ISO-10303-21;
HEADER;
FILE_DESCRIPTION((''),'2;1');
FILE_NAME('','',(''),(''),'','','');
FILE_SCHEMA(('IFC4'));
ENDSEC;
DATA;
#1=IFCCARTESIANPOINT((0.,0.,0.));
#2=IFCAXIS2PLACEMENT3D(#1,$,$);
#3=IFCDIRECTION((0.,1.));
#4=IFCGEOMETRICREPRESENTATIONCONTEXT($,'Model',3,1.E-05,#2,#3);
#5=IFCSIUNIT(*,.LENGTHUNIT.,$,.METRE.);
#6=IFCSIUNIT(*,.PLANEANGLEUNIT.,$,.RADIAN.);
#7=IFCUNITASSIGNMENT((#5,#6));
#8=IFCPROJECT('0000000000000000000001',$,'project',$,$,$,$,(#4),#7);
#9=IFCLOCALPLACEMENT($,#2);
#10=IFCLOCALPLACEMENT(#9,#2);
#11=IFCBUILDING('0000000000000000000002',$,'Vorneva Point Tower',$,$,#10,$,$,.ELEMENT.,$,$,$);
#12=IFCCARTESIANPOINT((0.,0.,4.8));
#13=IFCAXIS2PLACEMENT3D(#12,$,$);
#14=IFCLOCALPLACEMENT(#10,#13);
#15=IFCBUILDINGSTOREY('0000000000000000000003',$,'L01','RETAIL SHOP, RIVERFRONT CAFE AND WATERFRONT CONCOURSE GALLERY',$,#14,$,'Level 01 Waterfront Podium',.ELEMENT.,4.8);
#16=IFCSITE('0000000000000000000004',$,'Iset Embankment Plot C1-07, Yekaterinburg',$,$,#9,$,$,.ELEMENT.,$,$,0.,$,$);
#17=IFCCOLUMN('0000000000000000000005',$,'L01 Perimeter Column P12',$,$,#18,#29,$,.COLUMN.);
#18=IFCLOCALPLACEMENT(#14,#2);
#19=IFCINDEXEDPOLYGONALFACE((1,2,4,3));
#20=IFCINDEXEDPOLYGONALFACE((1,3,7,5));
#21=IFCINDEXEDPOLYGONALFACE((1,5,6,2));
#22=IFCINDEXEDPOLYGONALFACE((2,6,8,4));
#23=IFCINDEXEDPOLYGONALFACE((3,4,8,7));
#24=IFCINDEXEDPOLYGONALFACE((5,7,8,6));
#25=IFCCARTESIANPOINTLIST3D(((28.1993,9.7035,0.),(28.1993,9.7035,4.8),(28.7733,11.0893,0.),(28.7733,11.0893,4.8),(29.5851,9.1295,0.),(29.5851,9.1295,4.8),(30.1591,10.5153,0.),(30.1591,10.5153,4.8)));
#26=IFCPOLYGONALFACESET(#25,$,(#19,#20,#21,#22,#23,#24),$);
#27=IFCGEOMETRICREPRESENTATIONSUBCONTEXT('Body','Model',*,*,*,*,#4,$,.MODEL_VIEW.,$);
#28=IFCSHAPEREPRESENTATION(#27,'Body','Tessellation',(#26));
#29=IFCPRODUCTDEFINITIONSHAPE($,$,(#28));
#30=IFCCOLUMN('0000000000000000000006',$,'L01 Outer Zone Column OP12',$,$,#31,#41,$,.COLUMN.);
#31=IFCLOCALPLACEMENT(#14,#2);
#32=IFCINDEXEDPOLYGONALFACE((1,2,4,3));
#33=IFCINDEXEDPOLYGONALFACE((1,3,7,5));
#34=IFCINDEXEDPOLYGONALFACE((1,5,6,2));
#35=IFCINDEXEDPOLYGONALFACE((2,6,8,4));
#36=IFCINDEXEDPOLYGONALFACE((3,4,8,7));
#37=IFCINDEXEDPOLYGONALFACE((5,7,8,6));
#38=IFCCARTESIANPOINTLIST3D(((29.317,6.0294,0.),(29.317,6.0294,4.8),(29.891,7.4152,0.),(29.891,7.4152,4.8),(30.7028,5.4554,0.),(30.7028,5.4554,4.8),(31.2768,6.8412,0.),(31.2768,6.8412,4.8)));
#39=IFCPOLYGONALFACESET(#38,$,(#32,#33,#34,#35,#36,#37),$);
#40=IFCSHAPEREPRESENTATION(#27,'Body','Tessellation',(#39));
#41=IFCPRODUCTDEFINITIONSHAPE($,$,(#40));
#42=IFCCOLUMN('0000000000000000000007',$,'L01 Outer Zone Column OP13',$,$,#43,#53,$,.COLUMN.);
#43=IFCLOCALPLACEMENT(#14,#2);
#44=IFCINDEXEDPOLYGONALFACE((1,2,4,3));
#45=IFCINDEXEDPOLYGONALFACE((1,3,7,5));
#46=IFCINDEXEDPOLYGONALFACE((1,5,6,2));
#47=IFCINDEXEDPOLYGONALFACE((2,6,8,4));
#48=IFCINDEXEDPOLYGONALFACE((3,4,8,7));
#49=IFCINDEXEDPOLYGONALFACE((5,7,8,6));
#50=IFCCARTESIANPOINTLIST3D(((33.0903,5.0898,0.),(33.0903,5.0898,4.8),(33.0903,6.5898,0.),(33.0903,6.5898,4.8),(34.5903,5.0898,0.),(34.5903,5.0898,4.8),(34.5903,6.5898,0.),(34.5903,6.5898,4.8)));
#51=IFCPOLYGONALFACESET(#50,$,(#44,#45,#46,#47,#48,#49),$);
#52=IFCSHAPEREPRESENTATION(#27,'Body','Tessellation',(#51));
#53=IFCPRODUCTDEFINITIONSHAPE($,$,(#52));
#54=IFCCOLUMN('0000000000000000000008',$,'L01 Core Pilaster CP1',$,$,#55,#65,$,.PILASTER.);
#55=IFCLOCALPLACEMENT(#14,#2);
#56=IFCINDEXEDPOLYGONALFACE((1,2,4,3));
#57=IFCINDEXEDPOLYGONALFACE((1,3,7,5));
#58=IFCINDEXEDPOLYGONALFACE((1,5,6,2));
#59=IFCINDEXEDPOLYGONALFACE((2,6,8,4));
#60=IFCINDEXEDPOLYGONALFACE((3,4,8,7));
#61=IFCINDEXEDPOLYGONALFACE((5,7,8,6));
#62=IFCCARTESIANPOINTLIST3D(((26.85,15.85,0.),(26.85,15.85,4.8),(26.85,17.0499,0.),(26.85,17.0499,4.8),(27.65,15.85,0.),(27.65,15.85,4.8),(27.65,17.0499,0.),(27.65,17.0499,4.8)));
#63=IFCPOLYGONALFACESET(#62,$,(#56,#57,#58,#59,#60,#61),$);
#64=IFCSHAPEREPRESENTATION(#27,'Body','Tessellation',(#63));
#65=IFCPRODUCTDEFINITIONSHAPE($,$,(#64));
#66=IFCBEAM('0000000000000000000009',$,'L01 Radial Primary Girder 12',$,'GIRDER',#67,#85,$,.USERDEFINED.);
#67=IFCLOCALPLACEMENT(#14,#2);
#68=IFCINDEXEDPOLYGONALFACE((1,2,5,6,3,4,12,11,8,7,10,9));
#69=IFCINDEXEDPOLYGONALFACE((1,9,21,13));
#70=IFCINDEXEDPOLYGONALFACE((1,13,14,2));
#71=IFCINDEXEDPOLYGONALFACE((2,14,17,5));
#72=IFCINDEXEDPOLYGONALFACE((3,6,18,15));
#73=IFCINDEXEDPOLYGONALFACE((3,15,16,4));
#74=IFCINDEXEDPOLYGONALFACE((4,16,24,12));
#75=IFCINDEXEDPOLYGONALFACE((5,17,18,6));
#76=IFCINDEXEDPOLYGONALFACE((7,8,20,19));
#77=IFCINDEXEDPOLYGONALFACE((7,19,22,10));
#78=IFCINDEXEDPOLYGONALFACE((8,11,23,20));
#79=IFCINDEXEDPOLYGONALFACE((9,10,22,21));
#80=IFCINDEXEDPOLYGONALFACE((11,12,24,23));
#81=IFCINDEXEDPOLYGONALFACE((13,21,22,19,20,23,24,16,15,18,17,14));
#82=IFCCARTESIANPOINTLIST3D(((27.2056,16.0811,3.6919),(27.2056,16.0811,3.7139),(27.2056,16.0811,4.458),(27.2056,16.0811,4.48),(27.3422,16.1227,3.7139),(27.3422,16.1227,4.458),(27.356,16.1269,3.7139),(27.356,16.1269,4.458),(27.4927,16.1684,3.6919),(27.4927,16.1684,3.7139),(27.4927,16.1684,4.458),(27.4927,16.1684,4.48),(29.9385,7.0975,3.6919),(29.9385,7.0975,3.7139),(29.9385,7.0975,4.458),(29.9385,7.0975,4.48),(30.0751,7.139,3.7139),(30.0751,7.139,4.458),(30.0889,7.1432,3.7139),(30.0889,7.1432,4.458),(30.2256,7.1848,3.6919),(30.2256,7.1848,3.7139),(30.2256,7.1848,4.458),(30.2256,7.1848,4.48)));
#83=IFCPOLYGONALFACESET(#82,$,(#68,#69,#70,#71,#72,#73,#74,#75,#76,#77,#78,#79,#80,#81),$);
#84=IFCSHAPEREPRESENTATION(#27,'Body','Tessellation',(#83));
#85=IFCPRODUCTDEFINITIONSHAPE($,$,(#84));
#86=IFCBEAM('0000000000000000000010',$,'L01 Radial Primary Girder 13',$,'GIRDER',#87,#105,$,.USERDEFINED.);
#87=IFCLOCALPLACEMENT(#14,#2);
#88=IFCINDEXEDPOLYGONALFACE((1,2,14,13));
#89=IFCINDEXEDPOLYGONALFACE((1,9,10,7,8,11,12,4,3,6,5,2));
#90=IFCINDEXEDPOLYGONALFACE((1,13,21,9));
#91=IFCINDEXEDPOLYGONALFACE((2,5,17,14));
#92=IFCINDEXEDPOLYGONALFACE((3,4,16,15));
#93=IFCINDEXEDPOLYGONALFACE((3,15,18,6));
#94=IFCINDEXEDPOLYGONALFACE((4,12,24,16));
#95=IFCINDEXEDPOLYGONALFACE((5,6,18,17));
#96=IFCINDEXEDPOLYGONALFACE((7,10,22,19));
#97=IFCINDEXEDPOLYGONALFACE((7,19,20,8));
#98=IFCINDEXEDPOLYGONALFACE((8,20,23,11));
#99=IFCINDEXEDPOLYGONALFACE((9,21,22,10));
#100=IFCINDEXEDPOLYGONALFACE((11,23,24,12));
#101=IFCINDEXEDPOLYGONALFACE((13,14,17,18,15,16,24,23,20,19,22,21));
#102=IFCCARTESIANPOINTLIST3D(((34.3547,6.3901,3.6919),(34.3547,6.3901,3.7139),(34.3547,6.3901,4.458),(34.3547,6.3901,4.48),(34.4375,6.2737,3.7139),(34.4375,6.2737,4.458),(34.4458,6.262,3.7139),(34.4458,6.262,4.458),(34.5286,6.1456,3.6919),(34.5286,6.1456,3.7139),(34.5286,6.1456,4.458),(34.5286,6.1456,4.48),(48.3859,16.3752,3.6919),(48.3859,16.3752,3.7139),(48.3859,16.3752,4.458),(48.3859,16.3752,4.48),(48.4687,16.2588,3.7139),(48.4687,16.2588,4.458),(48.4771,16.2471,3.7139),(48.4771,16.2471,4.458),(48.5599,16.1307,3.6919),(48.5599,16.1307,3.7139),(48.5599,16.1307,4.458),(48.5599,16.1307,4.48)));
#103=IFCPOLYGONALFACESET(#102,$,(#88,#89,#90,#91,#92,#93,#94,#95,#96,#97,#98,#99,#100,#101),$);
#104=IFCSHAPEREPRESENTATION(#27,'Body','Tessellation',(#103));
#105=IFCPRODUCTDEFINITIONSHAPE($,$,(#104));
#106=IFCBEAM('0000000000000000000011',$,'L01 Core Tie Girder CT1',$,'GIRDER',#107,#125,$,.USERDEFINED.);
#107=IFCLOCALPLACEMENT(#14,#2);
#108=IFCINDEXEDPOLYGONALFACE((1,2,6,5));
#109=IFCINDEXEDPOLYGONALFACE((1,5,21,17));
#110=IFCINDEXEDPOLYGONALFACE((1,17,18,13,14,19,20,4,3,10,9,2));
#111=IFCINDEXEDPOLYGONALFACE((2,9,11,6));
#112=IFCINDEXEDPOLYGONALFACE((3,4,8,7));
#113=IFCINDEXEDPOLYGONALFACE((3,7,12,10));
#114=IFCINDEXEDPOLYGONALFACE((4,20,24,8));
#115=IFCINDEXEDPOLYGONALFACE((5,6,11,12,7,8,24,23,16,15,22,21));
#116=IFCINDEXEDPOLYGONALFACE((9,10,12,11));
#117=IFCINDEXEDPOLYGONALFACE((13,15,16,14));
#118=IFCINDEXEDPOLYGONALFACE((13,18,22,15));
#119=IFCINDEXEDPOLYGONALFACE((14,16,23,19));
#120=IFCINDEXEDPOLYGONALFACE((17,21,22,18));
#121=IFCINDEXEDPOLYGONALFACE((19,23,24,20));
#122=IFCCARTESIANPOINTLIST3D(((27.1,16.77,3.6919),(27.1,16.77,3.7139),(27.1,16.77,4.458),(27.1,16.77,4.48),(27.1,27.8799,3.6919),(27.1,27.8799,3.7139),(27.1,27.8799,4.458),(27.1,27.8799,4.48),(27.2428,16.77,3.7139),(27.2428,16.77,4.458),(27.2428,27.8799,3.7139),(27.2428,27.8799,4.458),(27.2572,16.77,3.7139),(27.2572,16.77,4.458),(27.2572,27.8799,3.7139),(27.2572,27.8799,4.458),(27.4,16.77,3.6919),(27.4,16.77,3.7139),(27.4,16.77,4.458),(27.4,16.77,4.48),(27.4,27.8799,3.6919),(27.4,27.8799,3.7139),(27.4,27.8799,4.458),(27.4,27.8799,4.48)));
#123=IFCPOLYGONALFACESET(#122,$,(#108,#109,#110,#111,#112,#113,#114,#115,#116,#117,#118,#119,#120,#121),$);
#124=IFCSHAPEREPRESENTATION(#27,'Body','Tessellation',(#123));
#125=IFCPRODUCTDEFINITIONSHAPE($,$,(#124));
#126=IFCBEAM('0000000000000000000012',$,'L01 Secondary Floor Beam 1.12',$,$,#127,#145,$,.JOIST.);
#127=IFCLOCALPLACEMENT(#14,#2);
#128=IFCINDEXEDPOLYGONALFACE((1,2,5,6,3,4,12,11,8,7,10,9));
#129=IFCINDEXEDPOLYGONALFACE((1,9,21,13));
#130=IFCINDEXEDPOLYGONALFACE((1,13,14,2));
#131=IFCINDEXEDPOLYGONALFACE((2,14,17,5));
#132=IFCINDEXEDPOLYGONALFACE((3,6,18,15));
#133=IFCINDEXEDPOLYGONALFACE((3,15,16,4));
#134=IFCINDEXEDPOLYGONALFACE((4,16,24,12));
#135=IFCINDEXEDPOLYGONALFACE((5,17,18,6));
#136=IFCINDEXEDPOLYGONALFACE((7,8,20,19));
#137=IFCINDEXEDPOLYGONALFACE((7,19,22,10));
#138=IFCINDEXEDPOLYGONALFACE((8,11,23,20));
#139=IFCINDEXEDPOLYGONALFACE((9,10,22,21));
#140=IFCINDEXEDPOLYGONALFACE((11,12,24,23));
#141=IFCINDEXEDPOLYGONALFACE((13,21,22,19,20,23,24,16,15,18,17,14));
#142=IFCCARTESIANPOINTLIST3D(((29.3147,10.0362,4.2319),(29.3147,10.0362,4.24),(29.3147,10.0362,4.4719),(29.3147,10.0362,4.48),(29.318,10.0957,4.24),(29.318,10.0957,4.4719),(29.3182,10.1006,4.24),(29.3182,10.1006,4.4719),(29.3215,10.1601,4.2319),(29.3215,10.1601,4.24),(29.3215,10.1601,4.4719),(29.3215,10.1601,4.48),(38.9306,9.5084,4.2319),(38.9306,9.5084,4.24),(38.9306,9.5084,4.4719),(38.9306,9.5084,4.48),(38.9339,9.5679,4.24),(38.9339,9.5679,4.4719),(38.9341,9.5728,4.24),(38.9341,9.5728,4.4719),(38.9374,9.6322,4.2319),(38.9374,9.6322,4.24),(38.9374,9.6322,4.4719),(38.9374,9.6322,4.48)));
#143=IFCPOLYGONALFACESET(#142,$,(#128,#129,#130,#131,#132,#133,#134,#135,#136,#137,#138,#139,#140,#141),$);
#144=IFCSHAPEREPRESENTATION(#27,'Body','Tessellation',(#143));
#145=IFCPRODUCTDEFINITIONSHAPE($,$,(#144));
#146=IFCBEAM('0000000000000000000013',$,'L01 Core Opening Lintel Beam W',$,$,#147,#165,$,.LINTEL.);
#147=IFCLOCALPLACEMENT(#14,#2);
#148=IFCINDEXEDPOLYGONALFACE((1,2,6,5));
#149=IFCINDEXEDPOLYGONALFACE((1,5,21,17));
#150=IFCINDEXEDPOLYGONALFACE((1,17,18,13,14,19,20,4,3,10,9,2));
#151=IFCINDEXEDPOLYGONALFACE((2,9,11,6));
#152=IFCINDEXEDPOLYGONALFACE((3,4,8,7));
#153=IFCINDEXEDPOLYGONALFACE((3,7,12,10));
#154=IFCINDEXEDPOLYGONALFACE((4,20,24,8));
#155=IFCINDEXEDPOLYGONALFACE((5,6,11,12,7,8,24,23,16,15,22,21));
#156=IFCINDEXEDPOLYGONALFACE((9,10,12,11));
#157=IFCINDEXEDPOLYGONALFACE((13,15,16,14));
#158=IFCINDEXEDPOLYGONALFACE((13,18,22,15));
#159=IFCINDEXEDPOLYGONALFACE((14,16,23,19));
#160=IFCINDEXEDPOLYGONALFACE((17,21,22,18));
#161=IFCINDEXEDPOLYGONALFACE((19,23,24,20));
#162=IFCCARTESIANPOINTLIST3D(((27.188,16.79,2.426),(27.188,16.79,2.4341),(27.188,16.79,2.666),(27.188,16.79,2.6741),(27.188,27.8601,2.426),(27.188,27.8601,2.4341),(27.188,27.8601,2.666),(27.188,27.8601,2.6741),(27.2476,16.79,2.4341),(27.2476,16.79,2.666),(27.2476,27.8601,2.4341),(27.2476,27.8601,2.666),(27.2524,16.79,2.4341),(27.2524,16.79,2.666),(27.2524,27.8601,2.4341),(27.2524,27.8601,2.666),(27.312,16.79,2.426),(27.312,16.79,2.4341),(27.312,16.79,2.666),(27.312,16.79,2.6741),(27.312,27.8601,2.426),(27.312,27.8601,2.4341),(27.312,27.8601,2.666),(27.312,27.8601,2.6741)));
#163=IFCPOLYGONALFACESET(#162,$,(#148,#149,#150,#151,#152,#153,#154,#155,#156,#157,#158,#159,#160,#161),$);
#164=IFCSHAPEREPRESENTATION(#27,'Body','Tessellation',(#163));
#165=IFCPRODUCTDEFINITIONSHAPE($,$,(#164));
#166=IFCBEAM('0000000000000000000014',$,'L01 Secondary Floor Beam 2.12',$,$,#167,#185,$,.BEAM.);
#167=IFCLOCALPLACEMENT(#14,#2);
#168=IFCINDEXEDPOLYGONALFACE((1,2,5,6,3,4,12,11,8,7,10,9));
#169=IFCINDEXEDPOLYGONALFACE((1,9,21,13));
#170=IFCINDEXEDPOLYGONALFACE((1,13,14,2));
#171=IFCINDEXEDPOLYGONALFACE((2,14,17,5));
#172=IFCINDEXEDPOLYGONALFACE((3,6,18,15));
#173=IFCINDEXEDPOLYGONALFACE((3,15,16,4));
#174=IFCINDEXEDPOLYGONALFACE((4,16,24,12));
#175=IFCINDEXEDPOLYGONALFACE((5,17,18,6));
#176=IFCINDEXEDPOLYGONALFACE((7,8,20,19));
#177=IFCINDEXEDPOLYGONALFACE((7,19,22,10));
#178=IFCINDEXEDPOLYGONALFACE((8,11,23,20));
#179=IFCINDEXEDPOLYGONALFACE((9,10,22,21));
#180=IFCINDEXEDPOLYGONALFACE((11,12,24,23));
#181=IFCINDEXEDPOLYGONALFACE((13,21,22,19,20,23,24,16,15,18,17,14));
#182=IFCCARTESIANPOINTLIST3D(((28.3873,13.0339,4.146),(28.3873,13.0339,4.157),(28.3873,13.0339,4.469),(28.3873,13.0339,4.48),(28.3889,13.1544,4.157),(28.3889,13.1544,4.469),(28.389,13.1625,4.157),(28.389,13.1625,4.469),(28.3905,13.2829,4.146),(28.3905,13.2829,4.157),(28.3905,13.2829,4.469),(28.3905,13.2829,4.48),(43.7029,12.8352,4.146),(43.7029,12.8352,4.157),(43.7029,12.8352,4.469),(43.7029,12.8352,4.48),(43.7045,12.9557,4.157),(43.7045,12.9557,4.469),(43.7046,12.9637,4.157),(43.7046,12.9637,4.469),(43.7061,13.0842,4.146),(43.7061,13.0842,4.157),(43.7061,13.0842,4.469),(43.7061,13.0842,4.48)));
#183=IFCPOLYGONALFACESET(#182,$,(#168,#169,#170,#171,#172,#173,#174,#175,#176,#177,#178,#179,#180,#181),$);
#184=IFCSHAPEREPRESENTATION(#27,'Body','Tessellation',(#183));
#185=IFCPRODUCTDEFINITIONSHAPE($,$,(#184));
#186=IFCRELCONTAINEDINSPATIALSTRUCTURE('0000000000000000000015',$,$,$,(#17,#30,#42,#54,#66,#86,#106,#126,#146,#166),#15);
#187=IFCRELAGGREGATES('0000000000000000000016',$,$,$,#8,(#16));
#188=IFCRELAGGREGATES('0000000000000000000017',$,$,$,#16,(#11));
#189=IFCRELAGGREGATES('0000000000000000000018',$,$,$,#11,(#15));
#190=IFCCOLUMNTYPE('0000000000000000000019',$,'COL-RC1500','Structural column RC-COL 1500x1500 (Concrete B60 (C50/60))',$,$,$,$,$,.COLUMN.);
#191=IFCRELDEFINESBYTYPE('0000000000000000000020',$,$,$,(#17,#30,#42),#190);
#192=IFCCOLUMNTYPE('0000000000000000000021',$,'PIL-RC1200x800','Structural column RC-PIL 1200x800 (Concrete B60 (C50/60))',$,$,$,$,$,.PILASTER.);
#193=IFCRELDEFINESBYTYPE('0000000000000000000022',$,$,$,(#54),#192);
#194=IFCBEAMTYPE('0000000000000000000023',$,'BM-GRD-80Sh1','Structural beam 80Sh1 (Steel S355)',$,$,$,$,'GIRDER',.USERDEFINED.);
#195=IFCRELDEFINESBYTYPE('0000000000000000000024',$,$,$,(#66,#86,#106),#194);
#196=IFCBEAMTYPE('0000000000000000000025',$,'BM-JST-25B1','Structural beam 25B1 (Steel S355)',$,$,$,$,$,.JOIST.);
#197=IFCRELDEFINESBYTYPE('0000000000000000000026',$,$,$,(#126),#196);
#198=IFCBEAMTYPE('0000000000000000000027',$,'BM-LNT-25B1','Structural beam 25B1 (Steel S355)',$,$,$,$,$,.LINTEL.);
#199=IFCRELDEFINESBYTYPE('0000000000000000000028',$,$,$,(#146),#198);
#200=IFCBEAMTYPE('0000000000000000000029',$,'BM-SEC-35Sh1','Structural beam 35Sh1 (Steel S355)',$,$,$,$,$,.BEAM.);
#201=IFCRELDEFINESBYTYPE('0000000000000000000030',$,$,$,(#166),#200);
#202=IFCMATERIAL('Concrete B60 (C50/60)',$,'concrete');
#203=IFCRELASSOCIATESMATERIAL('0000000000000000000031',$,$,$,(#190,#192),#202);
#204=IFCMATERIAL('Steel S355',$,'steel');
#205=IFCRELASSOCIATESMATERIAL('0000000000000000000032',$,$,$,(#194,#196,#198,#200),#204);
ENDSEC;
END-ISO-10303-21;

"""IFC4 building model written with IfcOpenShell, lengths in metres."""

from ifc_helpers import new_model, si_unit, direction, frame, origin, origin_2d, place, context, subcontext, project, spatial, rectangle, i_section, extrude, material, material_profile, profile_set, type_object, element, save


model = new_model("IFC4")

# Units and contexts
model_context = context("Model", 3, precision=1e-05, world=origin(), true_north=direction((0.0, 1.0)))
body_context = subcontext(model_context, "Body", "Model", "MODEL_VIEW")
ifc_project = project(units=[si_unit("LENGTHUNIT", "METRE"), si_unit("PLANEANGLEUNIT", "RADIAN")], contexts=[model_context])

# Site, building, storey
site_placement = place(None, origin())
site = spatial("IfcSite", under=ifc_project, at=site_placement, Name="Iset Embankment Plot C1-07, Yekaterinburg", CompositionType="ELEMENT", RefElevation=0.0)
building_placement = place(site_placement, origin())
building = spatial("IfcBuilding", under=site, at=building_placement, Name="Vorneva Point Tower", CompositionType="ELEMENT")
storey_placement = place(building_placement, frame((0.0, 0.0, 4.8)))
storey = spatial("IfcBuildingStorey", under=building, at=storey_placement, Name="L01", Description="RETAIL SHOP, RIVERFRONT CAFE AND WATERFRONT CONCOURSE GALLERY", LongName="Level 01 Waterfront Podium", CompositionType="ELEMENT", Elevation=4.8)

# Columns
ifc_material_1 = material(Name="Concrete B60 (C50/60)", Category="concrete")
ifc_material_profile_1 = material_profile(ifc_material_1, rectangle(XDim=1.5, YDim=1.5, at=origin_2d()), Name="RC-COL 1500x1500")
ifc_profile_set_1 = profile_set([ifc_material_profile_1], Name="Concrete B60 (C50/60)")
column_type_1 = type_object("IfcColumnType", Name="COL-RC1500", Description="Structural column RC-COL 1500x1500 (Concrete B60 (C50/60))", PredefinedType="COLUMN", material=ifc_profile_set_1)
for number, where, z_axis, x_axis, name in (
    (1, (29.1792, 10.1094, 0.0), (0.0, 0.0, 1.0), (-0.382683, -0.92388, 0.0), "L01 Perimeter Column P12"),
    (2, (30.2969, 6.4353, 0.0), (0.0, 0.0, 1.0), (-0.382683, -0.92388, 0.0), "L01 Outer Zone Column OP12"),
    (3, (33.8403, 5.8398, 0.0), (0.0, 0.0, 1.0), (0.0, -1.0, 0.0), "L01 Outer Zone Column OP13"),
):
    element("IfcColumn", number, at=place(storey_placement, frame(where, z_axis=z_axis, x_axis=x_axis)), inside=storey, type_object=column_type_1, Name=name, PredefinedType="COLUMN", context=body_context, shape_type="SweptSolid", body=[
        extrude(rectangle(XDim=1.5, YDim=1.5, at=origin_2d()), origin(), (0.0, 0.0, 1.0), 4.8),
    ])
ifc_material_profile_2 = material_profile(ifc_material_1, rectangle(XDim=0.8, YDim=1.2, at=origin_2d()), Name="RC-PIL 1200x800")
ifc_profile_set_2 = profile_set([ifc_material_profile_2], Name="Concrete B60 (C50/60)")
column_type_2 = type_object("IfcColumnType", Name="PIL-RC1200x800", Description="Structural column RC-PIL 1200x800 (Concrete B60 (C50/60))", PredefinedType="PILASTER", material=ifc_profile_set_2)
column_placement = place(storey_placement, frame((27.25, 16.45, 0.0), z_axis=(0.0, 0.0, 1.0), x_axis=(1.0, 0.0, 0.0)))
element("IfcColumn", 4, at=column_placement, inside=storey, type_object=column_type_2, Name="L01 Core Pilaster CP1", PredefinedType="PILASTER", context=body_context, shape_type="SweptSolid", body=[
    extrude(rectangle(XDim=0.8, YDim=1.2, at=origin_2d()), origin(), (0.0, 0.0, 1.0), 4.8),
])

# Beams
ifc_material_2 = material(Name="Steel S355", Category="steel")
ifc_material_profile_3 = material_profile(ifc_material_2, i_section(OverallWidth=0.3, OverallDepth=0.7881, WebThickness=0.0144, FlangeThickness=0.022, at=origin_2d()), Name="80Sh1")
ifc_profile_set_3 = profile_set([ifc_material_profile_3], Name="Steel S355")
beam_type_1 = type_object("IfcBeamType", Name="BM-GRD-80Sh1", Description="Structural beam 80Sh1 (Steel S355)", ElementType="GIRDER", PredefinedType="USERDEFINED", material=ifc_profile_set_3)
beam_1_placement = place(storey_placement, frame((30.082, 7.1411, 4.0859), z_axis=(-0.291041, 0.956711, 0.0), x_axis=(-0.956711, -0.291041, 0.0)))
element("IfcBeam", 5, at=beam_1_placement, inside=storey, type_object=beam_type_1, Name="L01 Radial Primary Girder 12", ObjectType="GIRDER", PredefinedType="USERDEFINED", context=body_context, shape_type="SweptSolid", body=[
    extrude(i_section(OverallWidth=0.3, OverallDepth=0.7881, WebThickness=0.0144, FlangeThickness=0.022, at=origin_2d()), origin(), (0.0, 0.0, 1.0), 9.3901),
])
beam_2_placement = place(storey_placement, frame((34.4417, 6.2678, 4.0859), z_axis=(0.814754, 0.579806, 0.0), x_axis=(-0.579806, 0.814754, 0.0)))
element("IfcBeam", 6, at=beam_2_placement, inside=storey, type_object=beam_type_1, Name="L01 Radial Primary Girder 13", ObjectType="GIRDER", PredefinedType="USERDEFINED", context=body_context, shape_type="SweptSolid", body=[
    extrude(i_section(OverallWidth=0.3, OverallDepth=0.7881, WebThickness=0.0144, FlangeThickness=0.022, at=origin_2d()), origin(), (0.0, 0.0, 1.0), 17.2214),
])
beam_3_placement = place(storey_placement, frame((27.25, 16.77, 4.0859), z_axis=(0.0, 1.0, 0.0), x_axis=(-1.0, 0.0, 0.0)))
element("IfcBeam", 7, at=beam_3_placement, inside=storey, type_object=beam_type_1, Name="L01 Core Tie Girder CT1", ObjectType="GIRDER", PredefinedType="USERDEFINED", context=body_context, shape_type="SweptSolid", body=[
    extrude(i_section(OverallWidth=0.3, OverallDepth=0.7881, WebThickness=0.0144, FlangeThickness=0.022, at=origin_2d()), origin(), (0.0, 0.0, 1.0), 11.1099),
])
ifc_material_profile_4 = material_profile(ifc_material_2, i_section(OverallWidth=0.124, OverallDepth=0.248, WebThickness=0.0049, FlangeThickness=0.0081, at=origin_2d()), Name="25B1")
ifc_profile_set_4 = profile_set([ifc_material_profile_4], Name="Steel S355")
beam_type_2 = type_object("IfcBeamType", Name="BM-JST-25B1", Description="Structural beam 25B1 (Steel S355)", PredefinedType="JOIST", material=ifc_profile_set_4)
beam_4_placement = place(storey_placement, frame((29.3181, 10.0981, 4.356), z_axis=(0.998497, -0.054809, 0.0), x_axis=(0.054809, 0.998497, 0.0)))
element("IfcBeam", 8, at=beam_4_placement, inside=storey, type_object=beam_type_2, Name="L01 Secondary Floor Beam 1.12", PredefinedType="JOIST", context=body_context, shape_type="SweptSolid", body=[
    extrude(i_section(OverallWidth=0.124, OverallDepth=0.248, WebThickness=0.0049, FlangeThickness=0.0081, at=origin_2d()), origin(), (0.0, 0.0, 1.0), 9.6304),
])
ifc_material_profile_5 = material_profile(ifc_material_2, i_section(OverallWidth=0.124, OverallDepth=0.248, WebThickness=0.0049, FlangeThickness=0.0081, at=origin_2d()), Name="25B1")
ifc_profile_set_5 = profile_set([ifc_material_profile_5], Name="Steel S355")
beam_type_3 = type_object("IfcBeamType", Name="BM-LNT-25B1", Description="Structural beam 25B1 (Steel S355)", PredefinedType="LINTEL", material=ifc_profile_set_5)
beam_5_placement = place(storey_placement, frame((27.25, 16.79, 2.55), z_axis=(0.0, 1.0, 0.0), x_axis=(-1.0, 0.0, 0.0)))
element("IfcBeam", 9, at=beam_5_placement, inside=storey, type_object=beam_type_3, Name="L01 Core Opening Lintel Beam W", PredefinedType="LINTEL", context=body_context, shape_type="SweptSolid", body=[
    extrude(i_section(OverallWidth=0.124, OverallDepth=0.248, WebThickness=0.0049, FlangeThickness=0.0081, at=origin_2d()), origin(), (0.0, 0.0, 1.0), 11.0701),
])
ifc_material_profile_6 = material_profile(ifc_material_2, i_section(OverallWidth=0.249, OverallDepth=0.334, WebThickness=0.0081, FlangeThickness=0.011, at=origin_2d()), Name="35Sh1")
ifc_profile_set_6 = profile_set([ifc_material_profile_6], Name="Steel S355")
beam_type_4 = type_object("IfcBeamType", Name="BM-SEC-35Sh1", Description="Structural beam 35Sh1 (Steel S355)", PredefinedType="BEAM", material=ifc_profile_set_6)
beam_6_placement = place(storey_placement, frame((28.3889, 13.1584, 4.313), z_axis=(0.999916, -0.012975, 0.0), x_axis=(0.012975, 0.999916, 0.0)))
element("IfcBeam", 10, at=beam_6_placement, inside=storey, type_object=beam_type_4, Name="L01 Secondary Floor Beam 2.12", PredefinedType="BEAM", context=body_context, shape_type="SweptSolid", body=[
    extrude(i_section(OverallWidth=0.249, OverallDepth=0.334, WebThickness=0.0081, FlangeThickness=0.011, at=origin_2d()), origin(), (0.0, 0.0, 1.0), 15.3169),
])

save(model, "model.ifc")
